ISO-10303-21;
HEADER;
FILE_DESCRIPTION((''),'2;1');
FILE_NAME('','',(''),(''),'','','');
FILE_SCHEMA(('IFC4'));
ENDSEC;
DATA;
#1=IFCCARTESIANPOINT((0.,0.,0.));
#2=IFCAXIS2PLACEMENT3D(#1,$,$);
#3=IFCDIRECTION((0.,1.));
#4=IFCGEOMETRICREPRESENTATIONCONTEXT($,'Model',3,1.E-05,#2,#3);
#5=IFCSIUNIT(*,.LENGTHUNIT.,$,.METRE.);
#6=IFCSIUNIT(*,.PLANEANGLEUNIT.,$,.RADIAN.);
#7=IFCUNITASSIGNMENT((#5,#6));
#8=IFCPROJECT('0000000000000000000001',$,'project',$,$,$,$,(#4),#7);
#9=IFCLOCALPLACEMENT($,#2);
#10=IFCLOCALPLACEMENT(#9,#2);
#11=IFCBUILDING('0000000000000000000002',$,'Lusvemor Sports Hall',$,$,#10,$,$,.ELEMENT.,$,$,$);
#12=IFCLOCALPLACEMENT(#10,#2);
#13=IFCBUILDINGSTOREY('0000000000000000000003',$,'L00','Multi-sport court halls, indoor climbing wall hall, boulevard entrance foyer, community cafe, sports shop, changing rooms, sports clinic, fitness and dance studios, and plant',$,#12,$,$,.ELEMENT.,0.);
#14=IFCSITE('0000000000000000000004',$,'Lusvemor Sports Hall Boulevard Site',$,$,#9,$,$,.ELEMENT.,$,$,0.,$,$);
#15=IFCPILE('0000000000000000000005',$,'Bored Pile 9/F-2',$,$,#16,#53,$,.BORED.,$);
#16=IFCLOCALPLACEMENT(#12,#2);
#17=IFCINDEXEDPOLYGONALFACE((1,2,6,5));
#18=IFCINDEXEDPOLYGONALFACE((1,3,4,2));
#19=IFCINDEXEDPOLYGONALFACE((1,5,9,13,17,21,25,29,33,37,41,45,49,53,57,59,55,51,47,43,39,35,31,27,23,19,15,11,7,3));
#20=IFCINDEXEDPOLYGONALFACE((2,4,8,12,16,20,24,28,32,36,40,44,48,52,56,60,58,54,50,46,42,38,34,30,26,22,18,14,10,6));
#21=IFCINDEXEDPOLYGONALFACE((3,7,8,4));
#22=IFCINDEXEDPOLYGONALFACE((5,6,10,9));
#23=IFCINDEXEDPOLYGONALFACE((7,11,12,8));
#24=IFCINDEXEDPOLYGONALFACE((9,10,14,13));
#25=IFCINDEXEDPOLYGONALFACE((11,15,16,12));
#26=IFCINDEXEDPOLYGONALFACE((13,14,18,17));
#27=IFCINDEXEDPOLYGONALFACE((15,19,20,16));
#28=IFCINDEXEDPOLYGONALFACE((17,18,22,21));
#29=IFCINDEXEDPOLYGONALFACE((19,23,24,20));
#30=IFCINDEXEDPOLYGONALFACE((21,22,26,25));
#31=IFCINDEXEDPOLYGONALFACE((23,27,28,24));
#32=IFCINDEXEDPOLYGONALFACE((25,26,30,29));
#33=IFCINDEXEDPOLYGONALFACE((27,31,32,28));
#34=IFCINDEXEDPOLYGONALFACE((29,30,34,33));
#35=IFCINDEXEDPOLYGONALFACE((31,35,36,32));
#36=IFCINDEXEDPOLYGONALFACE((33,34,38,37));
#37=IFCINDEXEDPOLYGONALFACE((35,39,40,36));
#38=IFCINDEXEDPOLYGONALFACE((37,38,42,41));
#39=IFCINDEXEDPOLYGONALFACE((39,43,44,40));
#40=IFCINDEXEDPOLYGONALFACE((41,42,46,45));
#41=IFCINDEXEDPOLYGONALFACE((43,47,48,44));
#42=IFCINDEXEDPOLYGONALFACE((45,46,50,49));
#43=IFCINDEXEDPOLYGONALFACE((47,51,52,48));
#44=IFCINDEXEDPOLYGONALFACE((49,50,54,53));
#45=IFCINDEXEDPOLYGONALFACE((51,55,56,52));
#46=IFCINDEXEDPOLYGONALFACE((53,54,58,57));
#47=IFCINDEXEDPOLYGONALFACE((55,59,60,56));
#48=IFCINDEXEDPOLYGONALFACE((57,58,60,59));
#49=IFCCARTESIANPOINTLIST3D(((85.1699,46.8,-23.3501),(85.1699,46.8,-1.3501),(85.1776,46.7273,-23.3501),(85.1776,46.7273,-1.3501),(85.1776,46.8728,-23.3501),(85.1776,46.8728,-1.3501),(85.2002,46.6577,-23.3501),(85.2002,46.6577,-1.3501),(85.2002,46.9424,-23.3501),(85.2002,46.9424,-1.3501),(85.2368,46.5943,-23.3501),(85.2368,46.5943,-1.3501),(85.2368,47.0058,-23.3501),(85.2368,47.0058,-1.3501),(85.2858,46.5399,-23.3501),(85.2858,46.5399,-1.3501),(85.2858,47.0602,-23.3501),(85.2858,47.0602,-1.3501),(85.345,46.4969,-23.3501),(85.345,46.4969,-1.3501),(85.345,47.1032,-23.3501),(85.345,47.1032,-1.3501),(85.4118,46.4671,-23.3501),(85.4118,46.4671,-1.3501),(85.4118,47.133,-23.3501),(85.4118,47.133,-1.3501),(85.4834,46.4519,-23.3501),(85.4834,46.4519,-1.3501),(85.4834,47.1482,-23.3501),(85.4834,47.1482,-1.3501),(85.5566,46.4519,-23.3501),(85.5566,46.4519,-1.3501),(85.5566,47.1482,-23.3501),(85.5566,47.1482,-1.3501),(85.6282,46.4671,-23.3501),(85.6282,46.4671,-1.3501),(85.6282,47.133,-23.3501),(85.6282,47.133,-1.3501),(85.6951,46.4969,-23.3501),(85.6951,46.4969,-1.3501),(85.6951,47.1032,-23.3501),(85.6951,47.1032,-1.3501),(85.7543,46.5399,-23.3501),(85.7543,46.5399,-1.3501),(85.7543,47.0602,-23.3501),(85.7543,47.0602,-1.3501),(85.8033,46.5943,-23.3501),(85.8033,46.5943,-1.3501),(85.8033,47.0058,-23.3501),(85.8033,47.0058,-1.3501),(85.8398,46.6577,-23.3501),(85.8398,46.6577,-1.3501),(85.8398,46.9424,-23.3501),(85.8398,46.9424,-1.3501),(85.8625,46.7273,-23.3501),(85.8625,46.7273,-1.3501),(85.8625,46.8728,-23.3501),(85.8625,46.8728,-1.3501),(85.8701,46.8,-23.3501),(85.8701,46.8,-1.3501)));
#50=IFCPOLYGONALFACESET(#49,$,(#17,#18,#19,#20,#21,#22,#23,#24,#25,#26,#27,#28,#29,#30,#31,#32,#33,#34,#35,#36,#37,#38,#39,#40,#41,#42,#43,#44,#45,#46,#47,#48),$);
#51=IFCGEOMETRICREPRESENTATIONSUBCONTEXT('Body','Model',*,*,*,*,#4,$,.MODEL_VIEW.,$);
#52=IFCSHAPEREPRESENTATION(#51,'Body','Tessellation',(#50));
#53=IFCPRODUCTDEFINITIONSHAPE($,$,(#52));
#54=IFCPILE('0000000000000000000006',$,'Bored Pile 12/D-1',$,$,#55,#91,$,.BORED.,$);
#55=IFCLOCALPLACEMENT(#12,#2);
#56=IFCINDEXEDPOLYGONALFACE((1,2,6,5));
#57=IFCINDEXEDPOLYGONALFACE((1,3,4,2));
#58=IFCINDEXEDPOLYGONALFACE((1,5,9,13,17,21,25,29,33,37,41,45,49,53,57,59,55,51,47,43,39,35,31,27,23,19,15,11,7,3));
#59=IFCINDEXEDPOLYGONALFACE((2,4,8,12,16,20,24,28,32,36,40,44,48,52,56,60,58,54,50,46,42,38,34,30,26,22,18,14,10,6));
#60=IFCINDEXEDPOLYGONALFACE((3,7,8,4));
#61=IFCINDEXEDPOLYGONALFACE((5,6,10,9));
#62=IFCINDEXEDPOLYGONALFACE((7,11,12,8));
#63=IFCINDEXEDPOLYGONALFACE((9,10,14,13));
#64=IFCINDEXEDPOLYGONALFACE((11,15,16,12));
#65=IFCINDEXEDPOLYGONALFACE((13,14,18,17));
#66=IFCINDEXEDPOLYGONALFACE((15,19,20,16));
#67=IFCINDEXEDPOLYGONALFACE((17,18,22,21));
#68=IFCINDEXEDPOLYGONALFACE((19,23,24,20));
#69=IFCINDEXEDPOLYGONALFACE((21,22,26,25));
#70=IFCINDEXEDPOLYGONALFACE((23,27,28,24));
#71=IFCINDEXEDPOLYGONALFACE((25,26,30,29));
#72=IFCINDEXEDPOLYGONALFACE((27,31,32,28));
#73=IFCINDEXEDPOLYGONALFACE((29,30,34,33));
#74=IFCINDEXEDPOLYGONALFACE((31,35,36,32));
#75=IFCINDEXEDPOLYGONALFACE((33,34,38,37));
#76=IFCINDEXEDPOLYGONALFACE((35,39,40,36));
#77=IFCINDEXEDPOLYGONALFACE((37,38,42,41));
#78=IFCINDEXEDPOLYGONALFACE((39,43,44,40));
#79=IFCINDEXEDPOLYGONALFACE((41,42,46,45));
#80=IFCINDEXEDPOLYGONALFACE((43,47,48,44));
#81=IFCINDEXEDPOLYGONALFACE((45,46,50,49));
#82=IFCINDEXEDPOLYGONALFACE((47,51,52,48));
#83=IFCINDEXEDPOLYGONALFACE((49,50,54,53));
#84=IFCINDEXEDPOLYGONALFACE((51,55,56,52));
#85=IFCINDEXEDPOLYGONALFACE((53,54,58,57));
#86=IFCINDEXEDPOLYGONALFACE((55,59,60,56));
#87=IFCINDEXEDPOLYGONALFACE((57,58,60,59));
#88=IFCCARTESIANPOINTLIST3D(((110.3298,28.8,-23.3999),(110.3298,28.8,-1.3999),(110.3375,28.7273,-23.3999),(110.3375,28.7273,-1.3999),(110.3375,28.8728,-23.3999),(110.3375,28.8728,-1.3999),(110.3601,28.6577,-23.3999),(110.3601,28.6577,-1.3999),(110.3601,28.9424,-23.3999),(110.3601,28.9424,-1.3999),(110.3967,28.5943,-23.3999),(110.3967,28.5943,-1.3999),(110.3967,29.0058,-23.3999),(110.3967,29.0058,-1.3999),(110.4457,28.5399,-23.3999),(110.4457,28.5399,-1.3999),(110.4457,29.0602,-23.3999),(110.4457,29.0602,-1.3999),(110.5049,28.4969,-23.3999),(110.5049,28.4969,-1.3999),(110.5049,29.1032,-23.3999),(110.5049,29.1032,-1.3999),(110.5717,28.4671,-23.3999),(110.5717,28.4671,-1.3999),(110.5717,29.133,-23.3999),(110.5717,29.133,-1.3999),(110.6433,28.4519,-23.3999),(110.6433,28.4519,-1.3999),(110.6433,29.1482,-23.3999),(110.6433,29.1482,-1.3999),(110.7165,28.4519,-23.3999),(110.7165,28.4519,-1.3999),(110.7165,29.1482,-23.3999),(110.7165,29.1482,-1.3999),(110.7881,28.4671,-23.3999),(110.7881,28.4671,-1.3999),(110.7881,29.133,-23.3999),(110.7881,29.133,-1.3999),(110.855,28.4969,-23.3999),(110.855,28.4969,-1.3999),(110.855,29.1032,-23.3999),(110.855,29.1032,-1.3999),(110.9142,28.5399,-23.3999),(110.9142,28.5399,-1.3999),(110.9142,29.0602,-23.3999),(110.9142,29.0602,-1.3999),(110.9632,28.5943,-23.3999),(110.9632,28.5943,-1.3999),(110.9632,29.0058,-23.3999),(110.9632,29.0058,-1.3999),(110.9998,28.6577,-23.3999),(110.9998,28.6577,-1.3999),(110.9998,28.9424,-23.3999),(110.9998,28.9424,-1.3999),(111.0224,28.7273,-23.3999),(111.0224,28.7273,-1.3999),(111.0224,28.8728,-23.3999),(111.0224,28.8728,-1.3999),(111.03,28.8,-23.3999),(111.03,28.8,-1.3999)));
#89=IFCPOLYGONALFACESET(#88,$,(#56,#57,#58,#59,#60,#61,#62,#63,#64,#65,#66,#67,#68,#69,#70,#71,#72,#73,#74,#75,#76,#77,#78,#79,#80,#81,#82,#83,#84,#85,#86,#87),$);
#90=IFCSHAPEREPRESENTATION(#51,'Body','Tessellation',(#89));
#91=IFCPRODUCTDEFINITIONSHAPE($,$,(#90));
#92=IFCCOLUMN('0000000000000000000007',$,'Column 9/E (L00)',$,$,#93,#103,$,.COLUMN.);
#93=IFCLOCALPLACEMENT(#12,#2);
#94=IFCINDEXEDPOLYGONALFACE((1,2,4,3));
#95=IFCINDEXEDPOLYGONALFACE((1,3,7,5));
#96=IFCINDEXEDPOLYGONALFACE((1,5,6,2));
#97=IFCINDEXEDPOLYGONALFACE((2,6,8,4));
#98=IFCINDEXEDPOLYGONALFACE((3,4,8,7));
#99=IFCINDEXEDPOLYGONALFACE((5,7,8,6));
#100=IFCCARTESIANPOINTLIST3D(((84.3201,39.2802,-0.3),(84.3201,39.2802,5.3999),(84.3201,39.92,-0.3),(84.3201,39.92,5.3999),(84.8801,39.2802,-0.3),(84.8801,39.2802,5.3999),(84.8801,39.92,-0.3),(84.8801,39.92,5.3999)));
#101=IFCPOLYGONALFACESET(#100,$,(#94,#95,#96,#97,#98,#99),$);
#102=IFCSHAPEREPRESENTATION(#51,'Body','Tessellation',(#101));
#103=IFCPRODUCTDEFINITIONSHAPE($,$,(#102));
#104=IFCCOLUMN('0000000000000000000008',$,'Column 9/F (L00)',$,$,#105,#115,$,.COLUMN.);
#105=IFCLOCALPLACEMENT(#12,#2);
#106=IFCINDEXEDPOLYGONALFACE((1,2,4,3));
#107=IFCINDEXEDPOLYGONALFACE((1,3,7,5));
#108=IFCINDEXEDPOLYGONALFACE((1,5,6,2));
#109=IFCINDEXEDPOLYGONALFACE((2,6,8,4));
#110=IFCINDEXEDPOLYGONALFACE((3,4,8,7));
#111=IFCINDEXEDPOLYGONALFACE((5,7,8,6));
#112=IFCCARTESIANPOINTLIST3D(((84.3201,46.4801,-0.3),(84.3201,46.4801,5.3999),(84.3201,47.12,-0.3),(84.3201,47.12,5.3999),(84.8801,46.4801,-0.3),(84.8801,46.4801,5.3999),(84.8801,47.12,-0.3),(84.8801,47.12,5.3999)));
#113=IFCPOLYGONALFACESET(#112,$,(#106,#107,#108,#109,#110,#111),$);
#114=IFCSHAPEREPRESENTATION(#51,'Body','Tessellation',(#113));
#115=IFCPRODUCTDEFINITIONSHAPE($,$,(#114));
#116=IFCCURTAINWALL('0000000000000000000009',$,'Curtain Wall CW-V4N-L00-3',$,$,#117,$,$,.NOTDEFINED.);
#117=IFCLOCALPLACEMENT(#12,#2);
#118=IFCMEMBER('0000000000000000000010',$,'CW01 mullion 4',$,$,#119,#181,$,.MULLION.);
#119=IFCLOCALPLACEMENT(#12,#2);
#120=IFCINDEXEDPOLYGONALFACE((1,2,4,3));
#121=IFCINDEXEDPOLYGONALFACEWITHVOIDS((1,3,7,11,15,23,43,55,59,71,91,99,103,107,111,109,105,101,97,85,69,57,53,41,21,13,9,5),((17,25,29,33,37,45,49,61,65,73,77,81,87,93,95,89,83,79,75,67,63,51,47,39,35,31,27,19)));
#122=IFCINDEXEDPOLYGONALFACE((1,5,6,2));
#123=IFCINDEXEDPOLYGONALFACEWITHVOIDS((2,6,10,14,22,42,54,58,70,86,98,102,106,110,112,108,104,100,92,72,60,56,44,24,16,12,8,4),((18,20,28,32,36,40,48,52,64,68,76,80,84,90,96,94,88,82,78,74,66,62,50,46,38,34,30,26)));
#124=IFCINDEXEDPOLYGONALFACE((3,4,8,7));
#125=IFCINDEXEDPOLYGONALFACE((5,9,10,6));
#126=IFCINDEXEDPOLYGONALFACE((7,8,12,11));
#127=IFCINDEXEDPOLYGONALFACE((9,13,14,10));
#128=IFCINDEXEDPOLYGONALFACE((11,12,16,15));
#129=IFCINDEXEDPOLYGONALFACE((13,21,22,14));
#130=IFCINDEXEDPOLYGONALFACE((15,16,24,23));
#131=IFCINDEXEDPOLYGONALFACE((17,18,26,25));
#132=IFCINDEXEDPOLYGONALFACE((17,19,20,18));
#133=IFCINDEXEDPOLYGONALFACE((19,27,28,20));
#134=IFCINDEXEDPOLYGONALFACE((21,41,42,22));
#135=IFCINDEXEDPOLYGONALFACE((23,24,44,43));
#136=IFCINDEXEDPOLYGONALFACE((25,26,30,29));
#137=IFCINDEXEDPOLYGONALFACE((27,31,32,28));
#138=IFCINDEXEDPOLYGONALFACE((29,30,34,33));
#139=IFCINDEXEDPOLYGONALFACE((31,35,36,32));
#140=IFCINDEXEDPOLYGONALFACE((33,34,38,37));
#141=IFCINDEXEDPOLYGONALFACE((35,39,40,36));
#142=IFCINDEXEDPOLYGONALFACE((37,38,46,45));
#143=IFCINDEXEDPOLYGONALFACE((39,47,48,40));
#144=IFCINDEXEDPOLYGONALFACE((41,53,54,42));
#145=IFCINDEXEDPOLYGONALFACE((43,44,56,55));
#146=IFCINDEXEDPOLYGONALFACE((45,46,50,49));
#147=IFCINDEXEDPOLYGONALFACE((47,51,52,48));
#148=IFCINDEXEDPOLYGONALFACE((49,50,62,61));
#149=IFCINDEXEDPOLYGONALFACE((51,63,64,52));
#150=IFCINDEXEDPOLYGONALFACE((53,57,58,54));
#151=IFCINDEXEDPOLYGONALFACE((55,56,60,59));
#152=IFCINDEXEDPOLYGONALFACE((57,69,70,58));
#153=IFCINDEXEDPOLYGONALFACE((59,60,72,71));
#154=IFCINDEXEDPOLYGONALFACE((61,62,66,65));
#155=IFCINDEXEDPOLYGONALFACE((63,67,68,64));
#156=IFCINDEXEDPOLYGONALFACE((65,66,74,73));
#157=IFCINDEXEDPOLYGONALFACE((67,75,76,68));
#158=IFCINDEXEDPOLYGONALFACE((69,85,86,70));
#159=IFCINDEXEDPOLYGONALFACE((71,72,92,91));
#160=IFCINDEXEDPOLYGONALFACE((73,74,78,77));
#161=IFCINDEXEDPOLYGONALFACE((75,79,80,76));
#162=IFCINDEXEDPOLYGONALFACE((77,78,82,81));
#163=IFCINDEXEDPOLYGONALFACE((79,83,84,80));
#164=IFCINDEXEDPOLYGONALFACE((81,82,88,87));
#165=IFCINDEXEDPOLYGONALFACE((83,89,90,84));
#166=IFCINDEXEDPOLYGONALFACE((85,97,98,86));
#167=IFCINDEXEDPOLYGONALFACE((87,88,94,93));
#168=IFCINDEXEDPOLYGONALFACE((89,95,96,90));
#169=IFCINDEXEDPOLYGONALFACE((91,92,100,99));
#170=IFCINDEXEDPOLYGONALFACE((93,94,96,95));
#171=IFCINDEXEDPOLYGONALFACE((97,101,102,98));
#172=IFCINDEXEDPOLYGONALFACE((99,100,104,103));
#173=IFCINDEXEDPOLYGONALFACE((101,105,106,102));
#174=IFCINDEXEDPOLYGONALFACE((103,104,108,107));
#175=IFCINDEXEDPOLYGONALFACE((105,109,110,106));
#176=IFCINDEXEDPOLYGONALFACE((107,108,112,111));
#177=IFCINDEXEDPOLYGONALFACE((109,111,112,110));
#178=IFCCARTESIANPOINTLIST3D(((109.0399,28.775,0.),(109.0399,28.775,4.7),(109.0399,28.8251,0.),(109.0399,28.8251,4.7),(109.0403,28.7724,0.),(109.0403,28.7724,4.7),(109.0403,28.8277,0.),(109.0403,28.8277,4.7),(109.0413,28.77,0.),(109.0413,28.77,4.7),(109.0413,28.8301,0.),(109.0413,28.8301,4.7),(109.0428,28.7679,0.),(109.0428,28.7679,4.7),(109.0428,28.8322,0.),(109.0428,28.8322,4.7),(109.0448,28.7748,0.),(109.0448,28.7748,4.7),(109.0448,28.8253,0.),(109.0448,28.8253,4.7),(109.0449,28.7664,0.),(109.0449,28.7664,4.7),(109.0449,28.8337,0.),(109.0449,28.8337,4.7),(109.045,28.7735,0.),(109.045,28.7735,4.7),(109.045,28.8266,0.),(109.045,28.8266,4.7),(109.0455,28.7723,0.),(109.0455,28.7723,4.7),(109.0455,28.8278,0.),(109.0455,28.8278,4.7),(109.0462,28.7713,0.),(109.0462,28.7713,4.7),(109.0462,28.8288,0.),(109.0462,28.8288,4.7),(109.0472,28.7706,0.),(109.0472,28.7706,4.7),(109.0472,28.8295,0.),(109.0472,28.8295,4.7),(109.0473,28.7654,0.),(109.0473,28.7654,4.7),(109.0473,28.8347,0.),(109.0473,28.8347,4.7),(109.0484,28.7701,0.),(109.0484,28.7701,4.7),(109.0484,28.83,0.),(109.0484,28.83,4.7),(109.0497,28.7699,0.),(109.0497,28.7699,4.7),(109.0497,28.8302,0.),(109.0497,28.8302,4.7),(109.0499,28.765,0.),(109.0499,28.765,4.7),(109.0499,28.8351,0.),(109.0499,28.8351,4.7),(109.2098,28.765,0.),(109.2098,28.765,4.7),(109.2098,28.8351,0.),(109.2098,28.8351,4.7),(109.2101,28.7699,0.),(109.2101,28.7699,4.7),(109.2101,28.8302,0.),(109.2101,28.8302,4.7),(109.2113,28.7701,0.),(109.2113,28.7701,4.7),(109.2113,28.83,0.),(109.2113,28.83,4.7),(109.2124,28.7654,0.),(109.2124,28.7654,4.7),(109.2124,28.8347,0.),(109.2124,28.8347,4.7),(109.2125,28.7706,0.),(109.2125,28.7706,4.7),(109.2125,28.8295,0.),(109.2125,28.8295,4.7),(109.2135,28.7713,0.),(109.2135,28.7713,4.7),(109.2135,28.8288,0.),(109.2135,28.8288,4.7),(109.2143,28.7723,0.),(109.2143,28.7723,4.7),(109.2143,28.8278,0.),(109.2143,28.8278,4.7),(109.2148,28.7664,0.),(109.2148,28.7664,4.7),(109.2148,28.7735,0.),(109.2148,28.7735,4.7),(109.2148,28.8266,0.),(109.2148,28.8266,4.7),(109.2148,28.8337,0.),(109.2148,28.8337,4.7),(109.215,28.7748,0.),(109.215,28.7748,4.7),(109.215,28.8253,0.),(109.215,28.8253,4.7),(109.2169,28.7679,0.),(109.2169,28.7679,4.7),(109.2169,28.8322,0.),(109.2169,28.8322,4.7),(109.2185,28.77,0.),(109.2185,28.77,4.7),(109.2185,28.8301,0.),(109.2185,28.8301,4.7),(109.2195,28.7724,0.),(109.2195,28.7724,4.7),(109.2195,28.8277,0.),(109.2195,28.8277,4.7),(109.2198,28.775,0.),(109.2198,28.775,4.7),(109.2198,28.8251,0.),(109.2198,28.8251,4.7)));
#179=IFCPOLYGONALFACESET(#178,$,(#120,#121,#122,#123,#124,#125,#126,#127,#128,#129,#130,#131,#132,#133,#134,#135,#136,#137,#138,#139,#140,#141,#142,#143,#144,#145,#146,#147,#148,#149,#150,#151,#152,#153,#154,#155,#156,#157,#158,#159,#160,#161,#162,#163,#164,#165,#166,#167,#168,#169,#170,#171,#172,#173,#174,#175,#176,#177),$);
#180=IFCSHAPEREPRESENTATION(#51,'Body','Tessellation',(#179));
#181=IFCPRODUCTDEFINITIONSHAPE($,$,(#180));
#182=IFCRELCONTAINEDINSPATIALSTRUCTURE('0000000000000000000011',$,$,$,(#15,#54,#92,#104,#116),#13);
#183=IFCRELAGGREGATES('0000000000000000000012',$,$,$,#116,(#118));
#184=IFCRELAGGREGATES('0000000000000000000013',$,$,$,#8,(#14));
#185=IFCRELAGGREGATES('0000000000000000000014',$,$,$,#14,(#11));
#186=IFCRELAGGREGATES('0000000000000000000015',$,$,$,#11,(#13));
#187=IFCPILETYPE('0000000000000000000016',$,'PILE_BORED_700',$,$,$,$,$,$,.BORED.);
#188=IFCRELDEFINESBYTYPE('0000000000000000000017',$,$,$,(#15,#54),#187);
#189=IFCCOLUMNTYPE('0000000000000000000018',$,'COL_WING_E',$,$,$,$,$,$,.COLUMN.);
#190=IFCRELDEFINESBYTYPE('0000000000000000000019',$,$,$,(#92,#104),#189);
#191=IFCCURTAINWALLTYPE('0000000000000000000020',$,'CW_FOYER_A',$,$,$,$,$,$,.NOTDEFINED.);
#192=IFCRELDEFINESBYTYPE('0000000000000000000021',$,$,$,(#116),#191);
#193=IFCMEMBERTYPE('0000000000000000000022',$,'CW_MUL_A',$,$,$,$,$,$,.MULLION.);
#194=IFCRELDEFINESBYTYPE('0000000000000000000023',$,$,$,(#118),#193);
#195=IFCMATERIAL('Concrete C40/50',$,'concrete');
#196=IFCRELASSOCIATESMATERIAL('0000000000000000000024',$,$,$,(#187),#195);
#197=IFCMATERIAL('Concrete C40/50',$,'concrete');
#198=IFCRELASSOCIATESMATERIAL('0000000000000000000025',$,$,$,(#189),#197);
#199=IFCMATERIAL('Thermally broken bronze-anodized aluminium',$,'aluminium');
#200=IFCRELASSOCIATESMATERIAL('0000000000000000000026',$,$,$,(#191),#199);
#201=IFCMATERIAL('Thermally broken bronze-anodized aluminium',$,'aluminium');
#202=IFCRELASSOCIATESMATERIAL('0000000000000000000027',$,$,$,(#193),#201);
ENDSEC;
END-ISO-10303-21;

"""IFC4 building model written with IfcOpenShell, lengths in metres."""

from ifc_helpers import new_model, si_unit, direction, frame, origin, origin_2d, place, context, subcontext, project, spatial, rectangle, hollow_rectangle, circle, extrude, material, material_profile, profile_set, type_object, element, aggregate, save


model = new_model("IFC4")

# Units and contexts
model_context = context("Model", 3, precision=1e-05, world=origin(), true_north=direction((0.0, 1.0)))
body_context = subcontext(model_context, "Body", "Model", "MODEL_VIEW")
ifc_project = project(units=[si_unit("LENGTHUNIT", "METRE"), si_unit("PLANEANGLEUNIT", "RADIAN")], contexts=[model_context])

# Site, building, storey
site_placement = place(None, origin())
site = spatial("IfcSite", under=ifc_project, at=site_placement, Name="Lusvemor Sports Hall Boulevard Site", CompositionType="ELEMENT", RefElevation=0.0)
building_placement = place(site_placement, origin())
building = spatial("IfcBuilding", under=site, at=building_placement, Name="Lusvemor Sports Hall", CompositionType="ELEMENT")
storey_placement = place(building_placement, origin())
storey = spatial("IfcBuildingStorey", under=building, at=storey_placement, Name="L00", Description="Multi-sport court halls, indoor climbing wall hall, boulevard entrance foyer, community cafe, sports shop, changing rooms, sports clinic, fitness and dance studios, and plant", CompositionType="ELEMENT", Elevation=0.0)

# Piles
ifc_material_1 = material(Name="Concrete C40/50", Category="concrete")
ifc_material_profile_1 = material_profile(ifc_material_1, circle(Radius=0.3501, at=origin_2d()), Name="PILE700")
ifc_profile_set_1 = profile_set([ifc_material_profile_1], Name="Concrete C40/50")
pile_type = type_object("IfcPileType", Name="PILE_BORED_700", PredefinedType="BORED", material=ifc_profile_set_1)
for number, where, z_axis, x_axis, name in (
    (1, (85.52, 46.8, -1.3501), (0.0, 0.0, -1.0), (1.0, 0.0, 0.0), "Bored Pile 9/F-2"),
    (2, (110.6799, 28.8, -1.3999), (0.0, 0.0, -1.0), (1.0, 0.0, 0.0), "Bored Pile 12/D-1"),
):
    element("IfcPile", number, at=place(storey_placement, frame(where, z_axis=z_axis, x_axis=x_axis)), inside=storey, type_object=pile_type, Name=name, PredefinedType="BORED", context=body_context, shape_type="SweptSolid", body=[
        extrude(circle(Radius=0.3501, at=origin_2d()), origin(), (0.0, 0.0, 1.0), 22.0),
    ])

# Columns
ifc_material_2 = material(Name="Concrete C40/50", Category="concrete")
ifc_material_profile_2 = material_profile(ifc_material_2, rectangle(XDim=0.5601, YDim=0.6399, at=origin_2d()), Name="RC560x640")
ifc_profile_set_2 = profile_set([ifc_material_profile_2], Name="Concrete C40/50")
column_type = type_object("IfcColumnType", Name="COL_WING_E", PredefinedType="COLUMN", material=ifc_profile_set_2)
for number, where, z_axis, x_axis, name in (
    (3, (84.6001, 39.6001, -0.3), (0.0, 0.0, 1.0), (1.0, 0.0, 0.0), "Column 9/E (L00)"),
    (4, (84.6001, 46.8, -0.3), (0.0, 0.0, 1.0), (1.0, 0.0, 0.0), "Column 9/F (L00)"),
):
    element("IfcColumn", number, at=place(storey_placement, frame(where, z_axis=z_axis, x_axis=x_axis)), inside=storey, type_object=column_type, Name=name, PredefinedType="COLUMN", context=body_context, shape_type="SweptSolid", body=[
        extrude(rectangle(XDim=0.5601, YDim=0.6399, at=origin_2d()), origin(), (0.0, 0.0, 1.0), 5.7),
    ])

# Curtain wall, member
ifc_material_3 = material(Name="Thermally broken bronze-anodized aluminium", Category="aluminium")
curtain_wall_type = type_object("IfcCurtainWallType", Name="CW_FOYER_A", PredefinedType="NOTDEFINED", material=ifc_material_3)
curtain_wall_placement = place(storey_placement, origin())
curtain_wall = element("IfcCurtainWall", 5, at=curtain_wall_placement, inside=storey, type_object=curtain_wall_type, Name="Curtain Wall CW-V4N-L00-3", PredefinedType="NOTDEFINED")
ifc_material_4 = material(Name="Thermally broken bronze-anodized aluminium", Category="aluminium")
ifc_material_profile_3 = material_profile(ifc_material_4, hollow_rectangle(XDim=0.0701, YDim=0.1799, WallThickness=0.0049, InnerFilletRadius=0.0049, OuterFilletRadius=0.01, at=origin_2d()), Name="CWMUL180x70x5")
ifc_profile_set_3 = profile_set([ifc_material_profile_3], Name="Thermally broken bronze-anodized aluminium")
member_type_1 = type_object("IfcMemberType", Name="CW_MUL_A", PredefinedType="MULLION", material=ifc_profile_set_3)
member_1_placement = place(storey_placement, frame((109.1299, 28.8, 0.0), z_axis=(0.0, 0.0, 1.0), x_axis=(0.0, 1.0, 0.0)))
member_1 = element("IfcMember", 6, at=member_1_placement, type_object=member_type_1, Name="CW01 mullion 4", PredefinedType="MULLION", context=body_context, shape_type="SweptSolid", body=[
    extrude(hollow_rectangle(XDim=0.0701, YDim=0.1799, WallThickness=0.0049, InnerFilletRadius=0.0049, OuterFilletRadius=0.01, at=origin_2d()), origin(), (0.0, 0.0, 1.0), 4.7),
])
aggregate(curtain_wall, [member_1])

save(model, "model.ifc")
